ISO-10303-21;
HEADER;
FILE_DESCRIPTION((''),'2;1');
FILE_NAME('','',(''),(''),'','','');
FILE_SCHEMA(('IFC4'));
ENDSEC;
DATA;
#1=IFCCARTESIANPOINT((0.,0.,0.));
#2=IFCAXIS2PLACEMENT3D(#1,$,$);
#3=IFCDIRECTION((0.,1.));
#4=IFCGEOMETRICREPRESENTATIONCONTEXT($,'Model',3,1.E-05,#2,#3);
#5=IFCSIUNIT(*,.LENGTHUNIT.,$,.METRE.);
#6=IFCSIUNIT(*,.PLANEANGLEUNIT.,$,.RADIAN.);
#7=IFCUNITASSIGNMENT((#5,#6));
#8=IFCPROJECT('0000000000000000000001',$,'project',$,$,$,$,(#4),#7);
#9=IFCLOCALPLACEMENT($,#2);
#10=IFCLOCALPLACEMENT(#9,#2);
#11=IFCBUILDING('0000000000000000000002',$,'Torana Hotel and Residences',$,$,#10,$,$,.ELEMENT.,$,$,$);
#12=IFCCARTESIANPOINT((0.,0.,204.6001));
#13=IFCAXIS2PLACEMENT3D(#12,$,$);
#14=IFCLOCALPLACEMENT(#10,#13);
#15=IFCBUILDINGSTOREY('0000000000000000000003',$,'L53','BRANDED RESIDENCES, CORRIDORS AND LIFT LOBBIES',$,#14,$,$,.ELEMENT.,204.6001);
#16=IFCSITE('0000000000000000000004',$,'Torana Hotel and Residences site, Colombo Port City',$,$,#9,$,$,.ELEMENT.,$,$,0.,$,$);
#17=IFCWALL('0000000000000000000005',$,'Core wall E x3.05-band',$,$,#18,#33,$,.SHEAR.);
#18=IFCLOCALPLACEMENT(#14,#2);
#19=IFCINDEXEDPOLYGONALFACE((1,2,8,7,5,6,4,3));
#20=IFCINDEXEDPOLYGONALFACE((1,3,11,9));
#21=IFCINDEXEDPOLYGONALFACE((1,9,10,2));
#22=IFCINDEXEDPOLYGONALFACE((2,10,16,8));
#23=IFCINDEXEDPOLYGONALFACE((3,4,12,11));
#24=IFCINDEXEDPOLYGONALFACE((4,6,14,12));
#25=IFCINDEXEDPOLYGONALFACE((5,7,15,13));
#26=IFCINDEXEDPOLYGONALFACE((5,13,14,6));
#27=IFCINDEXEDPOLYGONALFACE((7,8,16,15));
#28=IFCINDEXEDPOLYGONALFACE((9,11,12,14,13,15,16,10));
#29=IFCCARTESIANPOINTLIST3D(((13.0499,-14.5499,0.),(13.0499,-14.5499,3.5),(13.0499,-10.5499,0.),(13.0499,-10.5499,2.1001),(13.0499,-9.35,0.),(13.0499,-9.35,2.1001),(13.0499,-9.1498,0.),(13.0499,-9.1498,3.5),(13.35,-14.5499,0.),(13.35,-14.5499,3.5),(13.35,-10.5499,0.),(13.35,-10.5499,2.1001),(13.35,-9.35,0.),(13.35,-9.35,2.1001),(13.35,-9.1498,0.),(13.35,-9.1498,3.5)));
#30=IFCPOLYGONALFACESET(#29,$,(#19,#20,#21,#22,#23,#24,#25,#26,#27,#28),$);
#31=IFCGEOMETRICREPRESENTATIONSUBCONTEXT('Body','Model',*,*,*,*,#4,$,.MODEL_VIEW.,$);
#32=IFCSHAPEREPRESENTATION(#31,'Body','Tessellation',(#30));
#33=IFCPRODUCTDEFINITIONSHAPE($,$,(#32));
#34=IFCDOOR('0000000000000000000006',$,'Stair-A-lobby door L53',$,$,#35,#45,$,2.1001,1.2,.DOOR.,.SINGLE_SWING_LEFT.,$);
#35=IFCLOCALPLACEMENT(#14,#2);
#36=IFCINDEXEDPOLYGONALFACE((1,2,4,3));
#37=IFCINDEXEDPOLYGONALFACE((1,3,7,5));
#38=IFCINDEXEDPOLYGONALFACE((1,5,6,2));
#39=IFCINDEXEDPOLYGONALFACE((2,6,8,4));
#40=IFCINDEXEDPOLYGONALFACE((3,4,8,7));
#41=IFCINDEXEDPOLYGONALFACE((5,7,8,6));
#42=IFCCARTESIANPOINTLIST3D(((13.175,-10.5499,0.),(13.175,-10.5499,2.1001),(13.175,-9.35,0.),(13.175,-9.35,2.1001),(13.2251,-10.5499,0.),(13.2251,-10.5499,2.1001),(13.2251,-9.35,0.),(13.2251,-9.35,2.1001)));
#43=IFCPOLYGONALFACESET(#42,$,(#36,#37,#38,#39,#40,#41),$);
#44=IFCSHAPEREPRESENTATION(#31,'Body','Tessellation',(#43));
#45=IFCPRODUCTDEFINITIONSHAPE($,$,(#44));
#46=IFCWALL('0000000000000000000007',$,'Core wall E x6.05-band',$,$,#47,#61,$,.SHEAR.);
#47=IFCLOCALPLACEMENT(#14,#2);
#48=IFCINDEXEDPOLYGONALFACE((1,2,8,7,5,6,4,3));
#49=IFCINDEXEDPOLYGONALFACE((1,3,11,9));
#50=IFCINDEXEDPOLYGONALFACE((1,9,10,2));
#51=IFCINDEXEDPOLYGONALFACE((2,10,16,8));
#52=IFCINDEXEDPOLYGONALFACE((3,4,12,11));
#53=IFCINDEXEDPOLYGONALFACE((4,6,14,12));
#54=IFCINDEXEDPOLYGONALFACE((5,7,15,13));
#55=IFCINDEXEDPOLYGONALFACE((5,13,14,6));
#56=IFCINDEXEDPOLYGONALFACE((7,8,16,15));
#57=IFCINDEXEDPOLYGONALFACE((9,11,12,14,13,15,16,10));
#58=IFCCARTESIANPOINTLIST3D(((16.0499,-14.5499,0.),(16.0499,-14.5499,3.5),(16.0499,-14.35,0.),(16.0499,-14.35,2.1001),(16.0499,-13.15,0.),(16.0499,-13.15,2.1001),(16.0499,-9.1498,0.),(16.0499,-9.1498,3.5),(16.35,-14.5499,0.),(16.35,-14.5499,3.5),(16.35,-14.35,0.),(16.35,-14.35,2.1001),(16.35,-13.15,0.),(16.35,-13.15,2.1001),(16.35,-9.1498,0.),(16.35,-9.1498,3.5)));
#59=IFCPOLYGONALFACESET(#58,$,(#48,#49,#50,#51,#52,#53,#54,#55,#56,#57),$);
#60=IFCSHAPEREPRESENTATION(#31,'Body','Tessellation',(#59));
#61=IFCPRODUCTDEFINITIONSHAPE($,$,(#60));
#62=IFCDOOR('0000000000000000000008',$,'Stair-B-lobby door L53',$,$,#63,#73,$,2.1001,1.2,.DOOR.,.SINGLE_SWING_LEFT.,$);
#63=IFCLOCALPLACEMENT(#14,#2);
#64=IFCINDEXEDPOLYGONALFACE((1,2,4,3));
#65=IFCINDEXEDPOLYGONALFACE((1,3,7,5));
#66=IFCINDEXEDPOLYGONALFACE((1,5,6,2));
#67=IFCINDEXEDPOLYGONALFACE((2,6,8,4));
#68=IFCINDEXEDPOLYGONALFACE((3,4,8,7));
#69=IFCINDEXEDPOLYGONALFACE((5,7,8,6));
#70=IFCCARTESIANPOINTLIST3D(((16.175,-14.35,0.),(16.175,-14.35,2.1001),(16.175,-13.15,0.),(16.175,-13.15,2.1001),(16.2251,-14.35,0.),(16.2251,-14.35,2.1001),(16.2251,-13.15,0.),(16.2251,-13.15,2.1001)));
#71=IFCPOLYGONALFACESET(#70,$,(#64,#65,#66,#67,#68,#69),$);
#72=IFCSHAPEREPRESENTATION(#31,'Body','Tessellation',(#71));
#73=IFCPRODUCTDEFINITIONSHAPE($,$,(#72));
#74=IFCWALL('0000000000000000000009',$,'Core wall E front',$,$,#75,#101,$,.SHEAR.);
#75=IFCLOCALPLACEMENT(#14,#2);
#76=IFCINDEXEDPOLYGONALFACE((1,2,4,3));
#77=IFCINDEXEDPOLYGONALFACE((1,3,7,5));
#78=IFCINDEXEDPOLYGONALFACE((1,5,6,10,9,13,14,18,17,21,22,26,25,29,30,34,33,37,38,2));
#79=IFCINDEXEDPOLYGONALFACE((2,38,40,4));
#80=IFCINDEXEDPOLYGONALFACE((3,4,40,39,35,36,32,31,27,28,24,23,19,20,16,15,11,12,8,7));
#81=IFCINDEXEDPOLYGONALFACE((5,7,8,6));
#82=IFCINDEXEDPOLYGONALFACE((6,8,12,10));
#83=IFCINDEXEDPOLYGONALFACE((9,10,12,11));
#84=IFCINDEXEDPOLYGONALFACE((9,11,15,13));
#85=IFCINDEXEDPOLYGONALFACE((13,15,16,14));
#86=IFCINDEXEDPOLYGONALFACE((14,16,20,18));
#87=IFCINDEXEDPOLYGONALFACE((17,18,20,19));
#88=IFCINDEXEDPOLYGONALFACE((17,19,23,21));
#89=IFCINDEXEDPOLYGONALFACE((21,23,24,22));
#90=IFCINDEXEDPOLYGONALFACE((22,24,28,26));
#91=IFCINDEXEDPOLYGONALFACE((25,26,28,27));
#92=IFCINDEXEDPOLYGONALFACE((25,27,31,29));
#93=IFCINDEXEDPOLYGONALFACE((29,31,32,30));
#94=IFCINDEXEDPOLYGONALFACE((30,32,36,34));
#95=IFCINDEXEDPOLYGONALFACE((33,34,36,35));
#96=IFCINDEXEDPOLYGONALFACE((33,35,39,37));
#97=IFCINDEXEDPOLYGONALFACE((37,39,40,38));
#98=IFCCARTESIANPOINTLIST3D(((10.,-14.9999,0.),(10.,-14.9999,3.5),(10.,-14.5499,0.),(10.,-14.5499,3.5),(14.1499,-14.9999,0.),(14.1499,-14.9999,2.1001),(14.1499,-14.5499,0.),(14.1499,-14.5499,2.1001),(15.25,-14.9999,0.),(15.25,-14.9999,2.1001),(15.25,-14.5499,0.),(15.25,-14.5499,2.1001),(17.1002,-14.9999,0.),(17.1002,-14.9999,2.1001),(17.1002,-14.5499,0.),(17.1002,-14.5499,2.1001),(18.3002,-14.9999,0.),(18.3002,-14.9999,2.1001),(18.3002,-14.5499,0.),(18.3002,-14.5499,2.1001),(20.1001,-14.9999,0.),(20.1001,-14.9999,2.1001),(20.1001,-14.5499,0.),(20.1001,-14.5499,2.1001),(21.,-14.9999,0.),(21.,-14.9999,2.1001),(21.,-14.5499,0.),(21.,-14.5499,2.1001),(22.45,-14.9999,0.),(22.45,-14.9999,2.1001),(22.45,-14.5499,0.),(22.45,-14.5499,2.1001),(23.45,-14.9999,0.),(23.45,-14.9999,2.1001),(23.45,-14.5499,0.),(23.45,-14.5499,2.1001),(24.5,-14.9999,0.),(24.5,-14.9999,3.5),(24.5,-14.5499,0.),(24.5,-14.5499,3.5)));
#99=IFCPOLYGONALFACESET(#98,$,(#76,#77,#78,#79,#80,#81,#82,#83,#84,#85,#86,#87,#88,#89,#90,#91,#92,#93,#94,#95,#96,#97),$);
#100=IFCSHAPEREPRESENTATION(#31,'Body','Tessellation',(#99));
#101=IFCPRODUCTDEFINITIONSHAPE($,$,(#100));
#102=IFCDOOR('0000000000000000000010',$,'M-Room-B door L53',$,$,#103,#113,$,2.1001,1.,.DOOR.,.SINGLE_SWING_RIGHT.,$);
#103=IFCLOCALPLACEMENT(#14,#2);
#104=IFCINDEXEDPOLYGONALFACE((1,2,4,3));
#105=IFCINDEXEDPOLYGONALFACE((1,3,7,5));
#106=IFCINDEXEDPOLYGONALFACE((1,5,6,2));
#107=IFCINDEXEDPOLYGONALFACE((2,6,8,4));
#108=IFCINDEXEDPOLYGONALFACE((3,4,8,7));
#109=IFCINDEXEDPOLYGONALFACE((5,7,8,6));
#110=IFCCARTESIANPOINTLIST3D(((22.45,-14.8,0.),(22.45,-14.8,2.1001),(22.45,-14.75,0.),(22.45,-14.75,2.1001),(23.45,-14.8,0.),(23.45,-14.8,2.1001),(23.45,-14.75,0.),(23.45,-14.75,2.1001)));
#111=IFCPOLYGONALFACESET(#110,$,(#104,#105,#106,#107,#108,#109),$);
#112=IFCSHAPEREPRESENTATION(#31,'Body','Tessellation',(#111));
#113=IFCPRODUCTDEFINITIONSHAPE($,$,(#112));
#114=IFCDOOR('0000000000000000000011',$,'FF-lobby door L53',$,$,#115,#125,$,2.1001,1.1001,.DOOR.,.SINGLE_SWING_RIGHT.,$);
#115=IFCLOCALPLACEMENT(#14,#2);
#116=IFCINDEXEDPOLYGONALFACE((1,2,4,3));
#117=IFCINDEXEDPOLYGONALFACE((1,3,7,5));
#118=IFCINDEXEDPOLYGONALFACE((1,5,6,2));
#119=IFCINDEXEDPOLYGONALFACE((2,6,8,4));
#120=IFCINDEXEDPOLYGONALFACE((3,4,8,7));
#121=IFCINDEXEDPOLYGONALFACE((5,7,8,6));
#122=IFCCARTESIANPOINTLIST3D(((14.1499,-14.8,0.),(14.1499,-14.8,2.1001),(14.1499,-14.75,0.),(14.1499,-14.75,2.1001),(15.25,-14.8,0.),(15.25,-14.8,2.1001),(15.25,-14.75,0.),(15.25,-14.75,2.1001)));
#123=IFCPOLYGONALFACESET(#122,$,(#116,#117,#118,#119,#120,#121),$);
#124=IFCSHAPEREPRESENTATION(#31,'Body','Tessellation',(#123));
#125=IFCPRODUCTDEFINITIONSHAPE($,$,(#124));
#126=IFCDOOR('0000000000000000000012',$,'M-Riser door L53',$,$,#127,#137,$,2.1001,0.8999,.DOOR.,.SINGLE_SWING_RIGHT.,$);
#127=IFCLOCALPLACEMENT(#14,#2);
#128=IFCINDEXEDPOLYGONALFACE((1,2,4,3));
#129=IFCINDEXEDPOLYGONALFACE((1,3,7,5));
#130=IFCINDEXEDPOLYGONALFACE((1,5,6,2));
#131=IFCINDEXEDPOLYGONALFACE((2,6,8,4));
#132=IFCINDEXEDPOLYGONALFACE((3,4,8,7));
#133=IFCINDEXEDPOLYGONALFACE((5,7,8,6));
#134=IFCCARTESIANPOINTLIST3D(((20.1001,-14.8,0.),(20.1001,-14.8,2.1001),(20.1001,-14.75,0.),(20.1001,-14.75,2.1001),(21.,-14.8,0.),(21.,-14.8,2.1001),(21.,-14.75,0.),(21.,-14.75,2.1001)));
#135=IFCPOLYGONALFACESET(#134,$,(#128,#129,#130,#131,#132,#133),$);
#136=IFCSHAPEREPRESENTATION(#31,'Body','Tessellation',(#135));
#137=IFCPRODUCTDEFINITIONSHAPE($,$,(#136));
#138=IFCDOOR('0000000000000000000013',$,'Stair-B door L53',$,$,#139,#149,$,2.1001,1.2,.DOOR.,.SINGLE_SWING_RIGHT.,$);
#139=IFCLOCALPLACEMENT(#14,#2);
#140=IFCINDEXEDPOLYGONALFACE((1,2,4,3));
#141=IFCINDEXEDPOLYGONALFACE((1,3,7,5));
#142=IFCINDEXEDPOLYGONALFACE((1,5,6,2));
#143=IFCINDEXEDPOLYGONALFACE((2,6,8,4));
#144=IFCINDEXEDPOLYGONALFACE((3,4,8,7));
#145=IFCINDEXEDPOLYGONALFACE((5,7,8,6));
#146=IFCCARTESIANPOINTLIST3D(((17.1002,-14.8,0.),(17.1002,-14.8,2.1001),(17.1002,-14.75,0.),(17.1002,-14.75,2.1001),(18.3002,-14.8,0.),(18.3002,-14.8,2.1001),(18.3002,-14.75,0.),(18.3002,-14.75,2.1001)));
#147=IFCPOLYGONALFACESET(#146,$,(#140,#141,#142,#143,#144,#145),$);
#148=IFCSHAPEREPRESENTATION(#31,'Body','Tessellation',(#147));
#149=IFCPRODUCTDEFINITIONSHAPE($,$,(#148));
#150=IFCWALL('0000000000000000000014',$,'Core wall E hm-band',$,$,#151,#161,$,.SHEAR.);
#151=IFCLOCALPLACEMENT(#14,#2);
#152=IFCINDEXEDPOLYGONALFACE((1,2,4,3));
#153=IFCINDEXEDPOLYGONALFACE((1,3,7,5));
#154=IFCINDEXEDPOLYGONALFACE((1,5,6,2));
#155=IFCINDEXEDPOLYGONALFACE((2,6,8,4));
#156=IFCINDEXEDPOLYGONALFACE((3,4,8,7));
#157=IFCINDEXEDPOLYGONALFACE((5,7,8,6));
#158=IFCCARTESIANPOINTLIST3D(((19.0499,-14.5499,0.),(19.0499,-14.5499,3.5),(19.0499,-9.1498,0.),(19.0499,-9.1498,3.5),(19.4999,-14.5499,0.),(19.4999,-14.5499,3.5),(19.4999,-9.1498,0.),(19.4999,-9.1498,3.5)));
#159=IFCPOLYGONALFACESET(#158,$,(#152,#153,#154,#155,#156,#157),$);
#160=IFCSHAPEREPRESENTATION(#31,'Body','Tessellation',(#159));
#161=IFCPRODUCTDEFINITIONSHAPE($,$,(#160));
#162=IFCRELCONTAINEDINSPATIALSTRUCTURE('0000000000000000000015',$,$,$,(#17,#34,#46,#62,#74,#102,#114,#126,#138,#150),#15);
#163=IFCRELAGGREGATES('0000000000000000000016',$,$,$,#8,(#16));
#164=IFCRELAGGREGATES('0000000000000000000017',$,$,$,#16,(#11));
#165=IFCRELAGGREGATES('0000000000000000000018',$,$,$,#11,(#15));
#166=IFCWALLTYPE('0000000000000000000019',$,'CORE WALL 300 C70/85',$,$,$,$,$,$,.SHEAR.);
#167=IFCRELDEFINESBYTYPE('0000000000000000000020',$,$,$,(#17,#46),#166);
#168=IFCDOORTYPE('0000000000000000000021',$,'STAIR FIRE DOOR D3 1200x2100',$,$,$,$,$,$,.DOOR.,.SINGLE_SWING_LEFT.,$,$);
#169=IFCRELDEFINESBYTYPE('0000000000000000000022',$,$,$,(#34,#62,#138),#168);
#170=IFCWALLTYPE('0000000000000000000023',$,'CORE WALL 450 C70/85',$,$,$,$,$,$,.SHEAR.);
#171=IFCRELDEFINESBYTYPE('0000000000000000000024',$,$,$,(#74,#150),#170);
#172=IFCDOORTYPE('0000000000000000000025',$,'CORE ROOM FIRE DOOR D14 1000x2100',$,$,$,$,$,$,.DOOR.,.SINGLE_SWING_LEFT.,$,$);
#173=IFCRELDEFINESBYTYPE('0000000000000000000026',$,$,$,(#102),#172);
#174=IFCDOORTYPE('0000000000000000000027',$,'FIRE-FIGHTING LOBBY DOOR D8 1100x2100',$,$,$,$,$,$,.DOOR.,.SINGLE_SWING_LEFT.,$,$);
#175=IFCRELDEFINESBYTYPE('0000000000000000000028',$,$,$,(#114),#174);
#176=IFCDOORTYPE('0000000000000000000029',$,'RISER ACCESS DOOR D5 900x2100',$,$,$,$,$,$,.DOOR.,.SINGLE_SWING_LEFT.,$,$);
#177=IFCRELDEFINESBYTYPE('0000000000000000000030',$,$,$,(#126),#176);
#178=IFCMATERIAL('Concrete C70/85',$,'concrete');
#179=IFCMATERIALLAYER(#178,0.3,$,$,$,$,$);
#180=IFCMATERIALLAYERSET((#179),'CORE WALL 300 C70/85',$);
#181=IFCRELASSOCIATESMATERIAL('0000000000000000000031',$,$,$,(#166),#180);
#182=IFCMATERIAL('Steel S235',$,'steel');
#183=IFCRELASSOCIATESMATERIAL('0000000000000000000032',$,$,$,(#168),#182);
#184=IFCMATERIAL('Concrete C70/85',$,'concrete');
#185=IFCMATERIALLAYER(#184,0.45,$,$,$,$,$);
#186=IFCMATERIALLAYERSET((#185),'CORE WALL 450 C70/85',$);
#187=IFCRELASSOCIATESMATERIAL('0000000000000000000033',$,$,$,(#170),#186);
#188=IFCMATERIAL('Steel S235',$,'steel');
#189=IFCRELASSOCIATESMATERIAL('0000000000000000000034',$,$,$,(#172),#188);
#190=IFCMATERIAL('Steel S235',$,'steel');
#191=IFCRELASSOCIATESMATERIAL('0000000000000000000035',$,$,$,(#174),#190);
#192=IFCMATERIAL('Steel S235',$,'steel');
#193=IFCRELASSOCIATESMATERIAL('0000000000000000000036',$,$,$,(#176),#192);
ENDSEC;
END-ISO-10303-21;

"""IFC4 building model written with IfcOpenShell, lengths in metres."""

from ifc_helpers import new_model, si_unit, direction, frame, frame_2d, origin, place, context, subcontext, project, spatial, rectangle, extrude, material, layer, layer_set, type_object, element, fill, save


model = new_model("IFC4")

# Units and contexts
model_context = context("Model", 3, precision=1e-05, world=origin(), true_north=direction((0.0, 1.0)))
body_context = subcontext(model_context, "Body", "Model", "MODEL_VIEW")
ifc_project = project(units=[si_unit("LENGTHUNIT", "METRE"), si_unit("PLANEANGLEUNIT", "RADIAN")], contexts=[model_context])

# Site, building, storey
site_placement = place(None, origin())
site = spatial("IfcSite", under=ifc_project, at=site_placement, Name="Torana Hotel and Residences site, Colombo Port City", CompositionType="ELEMENT", RefElevation=0.0)
building_placement = place(site_placement, origin())
building = spatial("IfcBuilding", under=site, at=building_placement, Name="Torana Hotel and Residences", CompositionType="ELEMENT")
storey_placement = place(building_placement, frame((0.0, 0.0, 204.6001)))
storey = spatial("IfcBuildingStorey", under=building, at=storey_placement, Name="L53", Description="BRANDED RESIDENCES, CORRIDORS AND LIFT LOBBIES", CompositionType="ELEMENT", Elevation=204.6001)

# Walls, openings, doors
ifc_material_1 = material(Name="Concrete C70/85", Category="concrete")
ifc_layer_1 = layer(ifc_material_1, 0.3)
ifc_layer_set_1 = layer_set([ifc_layer_1], Name="CORE WALL 300 C70/85")
wall_type_1 = type_object("IfcWallType", Name="CORE WALL 300 C70/85", PredefinedType="SHEAR", material=ifc_layer_set_1)
wall_1_placement = place(storey_placement, frame((13.2, -14.55, 0.0), z_axis=(0.0, 0.0, 1.0), x_axis=(0.0, 1.0, 0.0)))
wall_1 = element("IfcWall", 1, at=wall_1_placement, inside=storey, type_object=wall_type_1, Name="Core wall E x3.05-band", PredefinedType="SHEAR", context=body_context, shape_type="SweptSolid", body=[
    extrude(rectangle(XDim=5.4001, YDim=0.3, at=frame_2d((2.7002, 0.0))), origin(), (0.0, 0.0, 1.0), 3.5),
])
opening_1_placement = place(wall_1_placement, frame((4.0, 0.0, 0.0)))
opening_1 = element("IfcOpeningElement", 2, at=opening_1_placement, cuts=wall_1, PredefinedType="OPENING", context=body_context, shape_type="SweptSolid", body=[
    extrude(rectangle(XDim=1.2, YDim=2.1001, at=frame_2d((0.6001, 1.05))), frame((0.0, 0.1599, 0.0), z_axis=(0.0, -1.0, 0.0), x_axis=(1.0, 0.0, 0.0)), (0.0, 0.0, 1.0), 0.3201),
])
ifc_material_2 = material(Name="Steel S235", Category="steel")
door_type_1 = type_object("IfcDoorType", Name="STAIR FIRE DOOR D3 1200x2100", OperationType="SINGLE_SWING_LEFT", PredefinedType="DOOR", material=ifc_material_2)
door_1_placement = place(opening_1_placement, origin())
door_1 = element("IfcDoor", 3, at=door_1_placement, inside=storey, type_object=door_type_1, Name="Stair-A-lobby door L53", OperationType="SINGLE_SWING_LEFT", OverallHeight=2.1001, OverallWidth=1.2, PredefinedType="DOOR", context=body_context, shape_type="SweptSolid", body=[
    extrude(rectangle(XDim=1.2, YDim=2.1001, at=frame_2d((0.6001, 1.05))), frame((0.0, 0.0249, 0.0), z_axis=(0.0, -1.0, 0.0), x_axis=(1.0, 0.0, 0.0)), (0.0, 0.0, 1.0), 0.05),
])
fill(opening_1, door_1)
wall_2_placement = place(storey_placement, frame((16.2, -14.55, 0.0), z_axis=(0.0, 0.0, 1.0), x_axis=(0.0, 1.0, 0.0)))
wall_2 = element("IfcWall", 4, at=wall_2_placement, inside=storey, type_object=wall_type_1, Name="Core wall E x6.05-band", PredefinedType="SHEAR", context=body_context, shape_type="SweptSolid", body=[
    extrude(rectangle(XDim=5.4001, YDim=0.3, at=frame_2d((2.7002, 0.0))), origin(), (0.0, 0.0, 1.0), 3.5),
])
opening_2_placement = place(wall_2_placement, frame((0.2, 0.0, 0.0)))
opening_2 = element("IfcOpeningElement", 5, at=opening_2_placement, cuts=wall_2, PredefinedType="OPENING", context=body_context, shape_type="SweptSolid", body=[
    extrude(rectangle(XDim=1.2, YDim=2.1001, at=frame_2d((0.6001, 1.05))), frame((0.0, 0.1599, 0.0), z_axis=(0.0, -1.0, 0.0), x_axis=(1.0, 0.0, 0.0)), (0.0, 0.0, 1.0), 0.3201),
])
door_2_placement = place(opening_2_placement, frame((0.6001, 0.0, 0.0), z_axis=(0.0, 0.0, 1.0), x_axis=(-1.0, 0.0, 0.0)))
door_2 = element("IfcDoor", 6, at=door_2_placement, inside=storey, type_object=door_type_1, Name="Stair-B-lobby door L53", OperationType="SINGLE_SWING_LEFT", OverallHeight=2.1001, OverallWidth=1.2, PredefinedType="DOOR", context=body_context, shape_type="SweptSolid", body=[
    extrude(rectangle(XDim=1.2, YDim=2.1001, at=frame_2d((0.0, 1.05))), frame((0.0, -0.0249, 0.0), z_axis=(0.0, 1.0, 0.0), x_axis=(-1.0, 0.0, 0.0)), (0.0, 0.0, 1.0), 0.05),
])
fill(opening_2, door_2)

# Wall, openings, doors
ifc_material_3 = material(Name="Concrete C70/85", Category="concrete")
ifc_layer_2 = layer(ifc_material_3, 0.45)
ifc_layer_set_2 = layer_set([ifc_layer_2], Name="CORE WALL 450 C70/85")
wall_type_2 = type_object("IfcWallType", Name="CORE WALL 450 C70/85", PredefinedType="SHEAR", material=ifc_layer_set_2)
wall_3_placement = place(storey_placement, frame((10.0, -14.7749, 0.0), z_axis=(0.0, 0.0, 1.0), x_axis=(1.0, 0.0, 0.0)))
wall_3 = element("IfcWall", 7, at=wall_3_placement, inside=storey, type_object=wall_type_2, Name="Core wall E front", PredefinedType="SHEAR", context=body_context, shape_type="SweptSolid", body=[
    extrude(rectangle(XDim=14.5, YDim=0.45, at=frame_2d((7.25, 0.0))), origin(), (0.0, 0.0, 1.0), 3.5),
])
opening_3_placement = place(wall_3_placement, frame((7.1001, 0.0, 0.0)))
opening_3 = element("IfcOpeningElement", 8, at=opening_3_placement, cuts=wall_3, PredefinedType="OPENING", context=body_context, shape_type="SweptSolid", body=[
    extrude(rectangle(XDim=1.2, YDim=2.1001, at=frame_2d((0.6001, 1.05))), frame((0.0, 0.2349, 0.0), z_axis=(0.0, -1.0, 0.0), x_axis=(1.0, 0.0, 0.0)), (0.0, 0.0, 1.0), 0.47),
])
opening_4_placement = place(wall_3_placement, frame((4.1499, 0.0, 0.0)))
opening_4 = element("IfcOpeningElement", 9, at=opening_4_placement, cuts=wall_3, PredefinedType="OPENING", context=body_context, shape_type="SweptSolid", body=[
    extrude(rectangle(XDim=1.1001, YDim=2.1001, at=frame_2d((0.55, 1.05))), frame((0.0, 0.2349, 0.0), z_axis=(0.0, -1.0, 0.0), x_axis=(1.0, 0.0, 0.0)), (0.0, 0.0, 1.0), 0.47),
])
opening_5_placement = place(wall_3_placement, frame((10.1001, 0.0, 0.0)))
opening_5 = element("IfcOpeningElement", 10, at=opening_5_placement, cuts=wall_3, PredefinedType="OPENING", context=body_context, shape_type="SweptSolid", body=[
    extrude(rectangle(XDim=0.8999, YDim=2.1001, at=frame_2d((0.45, 1.05))), frame((0.0, 0.2349, 0.0), z_axis=(0.0, -1.0, 0.0), x_axis=(1.0, 0.0, 0.0)), (0.0, 0.0, 1.0), 0.47),
])
opening_6_placement = place(wall_3_placement, frame((12.45, 0.0, 0.0)))
opening_6 = element("IfcOpeningElement", 11, at=opening_6_placement, cuts=wall_3, PredefinedType="OPENING", context=body_context, shape_type="SweptSolid", body=[
    extrude(rectangle(XDim=1.0, YDim=2.1001, at=frame_2d((0.5, 1.05))), frame((0.0, 0.2349, 0.0), z_axis=(0.0, -1.0, 0.0), x_axis=(1.0, 0.0, 0.0)), (0.0, 0.0, 1.0), 0.47),
])
ifc_material_4 = material(Name="Steel S235", Category="steel")
door_type_2 = type_object("IfcDoorType", Name="CORE ROOM FIRE DOOR D14 1000x2100", OperationType="SINGLE_SWING_LEFT", PredefinedType="DOOR", material=ifc_material_4)
door_3_placement = place(opening_6_placement, origin())
door_3 = element("IfcDoor", 12, at=door_3_placement, inside=storey, type_object=door_type_2, Name="M-Room-B door L53", OperationType="SINGLE_SWING_RIGHT", OverallHeight=2.1001, OverallWidth=1.0, PredefinedType="DOOR", context=body_context, shape_type="SweptSolid", body=[
    extrude(rectangle(XDim=1.0, YDim=2.1001, at=frame_2d((0.5, 1.05))), frame((0.0, 0.0249, 0.0), z_axis=(0.0, -1.0, 0.0), x_axis=(1.0, 0.0, 0.0)), (0.0, 0.0, 1.0), 0.05),
])
fill(opening_6, door_3)
ifc_material_5 = material(Name="Steel S235", Category="steel")
door_type_3 = type_object("IfcDoorType", Name="FIRE-FIGHTING LOBBY DOOR D8 1100x2100", OperationType="SINGLE_SWING_LEFT", PredefinedType="DOOR", material=ifc_material_5)
door_4_placement = place(opening_4_placement, origin())
door_4 = element("IfcDoor", 13, at=door_4_placement, inside=storey, type_object=door_type_3, Name="FF-lobby door L53", OperationType="SINGLE_SWING_RIGHT", OverallHeight=2.1001, OverallWidth=1.1001, PredefinedType="DOOR", context=body_context, shape_type="SweptSolid", body=[
    extrude(rectangle(XDim=1.1001, YDim=2.1001, at=frame_2d((0.55, 1.05))), frame((0.0, 0.0249, 0.0), z_axis=(0.0, -1.0, 0.0), x_axis=(1.0, 0.0, 0.0)), (0.0, 0.0, 1.0), 0.05),
])
fill(opening_4, door_4)
ifc_material_6 = material(Name="Steel S235", Category="steel")
door_type_4 = type_object("IfcDoorType", Name="RISER ACCESS DOOR D5 900x2100", OperationType="SINGLE_SWING_LEFT", PredefinedType="DOOR", material=ifc_material_6)
door_5_placement = place(opening_5_placement, origin())
door_5 = element("IfcDoor", 14, at=door_5_placement, inside=storey, type_object=door_type_4, Name="M-Riser door L53", OperationType="SINGLE_SWING_RIGHT", OverallHeight=2.1001, OverallWidth=0.8999, PredefinedType="DOOR", context=body_context, shape_type="SweptSolid", body=[
    extrude(rectangle(XDim=0.8999, YDim=2.1001, at=frame_2d((0.45, 1.05))), frame((0.0, 0.0249, 0.0), z_axis=(0.0, -1.0, 0.0), x_axis=(1.0, 0.0, 0.0)), (0.0, 0.0, 1.0), 0.05),
])
fill(opening_5, door_5)
door_6_placement = place(opening_3_placement, origin())
door_6 = element("IfcDoor", 15, at=door_6_placement, inside=storey, type_object=door_type_1, Name="Stair-B door L53", OperationType="SINGLE_SWING_RIGHT", OverallHeight=2.1001, OverallWidth=1.2, PredefinedType="DOOR", context=body_context, shape_type="SweptSolid", body=[
    extrude(rectangle(XDim=1.2, YDim=2.1001, at=frame_2d((0.6001, 1.05))), frame((0.0, 0.0249, 0.0), z_axis=(0.0, -1.0, 0.0), x_axis=(1.0, 0.0, 0.0)), (0.0, 0.0, 1.0), 0.05),
])
fill(opening_3, door_6)

# Wall
wall_4_placement = place(storey_placement, frame((19.2749, -14.55, 0.0), z_axis=(0.0, 0.0, 1.0), x_axis=(0.0, 1.0, 0.0)))
element("IfcWall", 16, at=wall_4_placement, inside=storey, type_object=wall_type_2, Name="Core wall E hm-band", PredefinedType="SHEAR", context=body_context, shape_type="SweptSolid", body=[
    extrude(rectangle(XDim=5.4001, YDim=0.45, at=frame_2d((2.7002, 0.0))), origin(), (0.0, 0.0, 1.0), 3.5),
])

save(model, "model.ifc")
